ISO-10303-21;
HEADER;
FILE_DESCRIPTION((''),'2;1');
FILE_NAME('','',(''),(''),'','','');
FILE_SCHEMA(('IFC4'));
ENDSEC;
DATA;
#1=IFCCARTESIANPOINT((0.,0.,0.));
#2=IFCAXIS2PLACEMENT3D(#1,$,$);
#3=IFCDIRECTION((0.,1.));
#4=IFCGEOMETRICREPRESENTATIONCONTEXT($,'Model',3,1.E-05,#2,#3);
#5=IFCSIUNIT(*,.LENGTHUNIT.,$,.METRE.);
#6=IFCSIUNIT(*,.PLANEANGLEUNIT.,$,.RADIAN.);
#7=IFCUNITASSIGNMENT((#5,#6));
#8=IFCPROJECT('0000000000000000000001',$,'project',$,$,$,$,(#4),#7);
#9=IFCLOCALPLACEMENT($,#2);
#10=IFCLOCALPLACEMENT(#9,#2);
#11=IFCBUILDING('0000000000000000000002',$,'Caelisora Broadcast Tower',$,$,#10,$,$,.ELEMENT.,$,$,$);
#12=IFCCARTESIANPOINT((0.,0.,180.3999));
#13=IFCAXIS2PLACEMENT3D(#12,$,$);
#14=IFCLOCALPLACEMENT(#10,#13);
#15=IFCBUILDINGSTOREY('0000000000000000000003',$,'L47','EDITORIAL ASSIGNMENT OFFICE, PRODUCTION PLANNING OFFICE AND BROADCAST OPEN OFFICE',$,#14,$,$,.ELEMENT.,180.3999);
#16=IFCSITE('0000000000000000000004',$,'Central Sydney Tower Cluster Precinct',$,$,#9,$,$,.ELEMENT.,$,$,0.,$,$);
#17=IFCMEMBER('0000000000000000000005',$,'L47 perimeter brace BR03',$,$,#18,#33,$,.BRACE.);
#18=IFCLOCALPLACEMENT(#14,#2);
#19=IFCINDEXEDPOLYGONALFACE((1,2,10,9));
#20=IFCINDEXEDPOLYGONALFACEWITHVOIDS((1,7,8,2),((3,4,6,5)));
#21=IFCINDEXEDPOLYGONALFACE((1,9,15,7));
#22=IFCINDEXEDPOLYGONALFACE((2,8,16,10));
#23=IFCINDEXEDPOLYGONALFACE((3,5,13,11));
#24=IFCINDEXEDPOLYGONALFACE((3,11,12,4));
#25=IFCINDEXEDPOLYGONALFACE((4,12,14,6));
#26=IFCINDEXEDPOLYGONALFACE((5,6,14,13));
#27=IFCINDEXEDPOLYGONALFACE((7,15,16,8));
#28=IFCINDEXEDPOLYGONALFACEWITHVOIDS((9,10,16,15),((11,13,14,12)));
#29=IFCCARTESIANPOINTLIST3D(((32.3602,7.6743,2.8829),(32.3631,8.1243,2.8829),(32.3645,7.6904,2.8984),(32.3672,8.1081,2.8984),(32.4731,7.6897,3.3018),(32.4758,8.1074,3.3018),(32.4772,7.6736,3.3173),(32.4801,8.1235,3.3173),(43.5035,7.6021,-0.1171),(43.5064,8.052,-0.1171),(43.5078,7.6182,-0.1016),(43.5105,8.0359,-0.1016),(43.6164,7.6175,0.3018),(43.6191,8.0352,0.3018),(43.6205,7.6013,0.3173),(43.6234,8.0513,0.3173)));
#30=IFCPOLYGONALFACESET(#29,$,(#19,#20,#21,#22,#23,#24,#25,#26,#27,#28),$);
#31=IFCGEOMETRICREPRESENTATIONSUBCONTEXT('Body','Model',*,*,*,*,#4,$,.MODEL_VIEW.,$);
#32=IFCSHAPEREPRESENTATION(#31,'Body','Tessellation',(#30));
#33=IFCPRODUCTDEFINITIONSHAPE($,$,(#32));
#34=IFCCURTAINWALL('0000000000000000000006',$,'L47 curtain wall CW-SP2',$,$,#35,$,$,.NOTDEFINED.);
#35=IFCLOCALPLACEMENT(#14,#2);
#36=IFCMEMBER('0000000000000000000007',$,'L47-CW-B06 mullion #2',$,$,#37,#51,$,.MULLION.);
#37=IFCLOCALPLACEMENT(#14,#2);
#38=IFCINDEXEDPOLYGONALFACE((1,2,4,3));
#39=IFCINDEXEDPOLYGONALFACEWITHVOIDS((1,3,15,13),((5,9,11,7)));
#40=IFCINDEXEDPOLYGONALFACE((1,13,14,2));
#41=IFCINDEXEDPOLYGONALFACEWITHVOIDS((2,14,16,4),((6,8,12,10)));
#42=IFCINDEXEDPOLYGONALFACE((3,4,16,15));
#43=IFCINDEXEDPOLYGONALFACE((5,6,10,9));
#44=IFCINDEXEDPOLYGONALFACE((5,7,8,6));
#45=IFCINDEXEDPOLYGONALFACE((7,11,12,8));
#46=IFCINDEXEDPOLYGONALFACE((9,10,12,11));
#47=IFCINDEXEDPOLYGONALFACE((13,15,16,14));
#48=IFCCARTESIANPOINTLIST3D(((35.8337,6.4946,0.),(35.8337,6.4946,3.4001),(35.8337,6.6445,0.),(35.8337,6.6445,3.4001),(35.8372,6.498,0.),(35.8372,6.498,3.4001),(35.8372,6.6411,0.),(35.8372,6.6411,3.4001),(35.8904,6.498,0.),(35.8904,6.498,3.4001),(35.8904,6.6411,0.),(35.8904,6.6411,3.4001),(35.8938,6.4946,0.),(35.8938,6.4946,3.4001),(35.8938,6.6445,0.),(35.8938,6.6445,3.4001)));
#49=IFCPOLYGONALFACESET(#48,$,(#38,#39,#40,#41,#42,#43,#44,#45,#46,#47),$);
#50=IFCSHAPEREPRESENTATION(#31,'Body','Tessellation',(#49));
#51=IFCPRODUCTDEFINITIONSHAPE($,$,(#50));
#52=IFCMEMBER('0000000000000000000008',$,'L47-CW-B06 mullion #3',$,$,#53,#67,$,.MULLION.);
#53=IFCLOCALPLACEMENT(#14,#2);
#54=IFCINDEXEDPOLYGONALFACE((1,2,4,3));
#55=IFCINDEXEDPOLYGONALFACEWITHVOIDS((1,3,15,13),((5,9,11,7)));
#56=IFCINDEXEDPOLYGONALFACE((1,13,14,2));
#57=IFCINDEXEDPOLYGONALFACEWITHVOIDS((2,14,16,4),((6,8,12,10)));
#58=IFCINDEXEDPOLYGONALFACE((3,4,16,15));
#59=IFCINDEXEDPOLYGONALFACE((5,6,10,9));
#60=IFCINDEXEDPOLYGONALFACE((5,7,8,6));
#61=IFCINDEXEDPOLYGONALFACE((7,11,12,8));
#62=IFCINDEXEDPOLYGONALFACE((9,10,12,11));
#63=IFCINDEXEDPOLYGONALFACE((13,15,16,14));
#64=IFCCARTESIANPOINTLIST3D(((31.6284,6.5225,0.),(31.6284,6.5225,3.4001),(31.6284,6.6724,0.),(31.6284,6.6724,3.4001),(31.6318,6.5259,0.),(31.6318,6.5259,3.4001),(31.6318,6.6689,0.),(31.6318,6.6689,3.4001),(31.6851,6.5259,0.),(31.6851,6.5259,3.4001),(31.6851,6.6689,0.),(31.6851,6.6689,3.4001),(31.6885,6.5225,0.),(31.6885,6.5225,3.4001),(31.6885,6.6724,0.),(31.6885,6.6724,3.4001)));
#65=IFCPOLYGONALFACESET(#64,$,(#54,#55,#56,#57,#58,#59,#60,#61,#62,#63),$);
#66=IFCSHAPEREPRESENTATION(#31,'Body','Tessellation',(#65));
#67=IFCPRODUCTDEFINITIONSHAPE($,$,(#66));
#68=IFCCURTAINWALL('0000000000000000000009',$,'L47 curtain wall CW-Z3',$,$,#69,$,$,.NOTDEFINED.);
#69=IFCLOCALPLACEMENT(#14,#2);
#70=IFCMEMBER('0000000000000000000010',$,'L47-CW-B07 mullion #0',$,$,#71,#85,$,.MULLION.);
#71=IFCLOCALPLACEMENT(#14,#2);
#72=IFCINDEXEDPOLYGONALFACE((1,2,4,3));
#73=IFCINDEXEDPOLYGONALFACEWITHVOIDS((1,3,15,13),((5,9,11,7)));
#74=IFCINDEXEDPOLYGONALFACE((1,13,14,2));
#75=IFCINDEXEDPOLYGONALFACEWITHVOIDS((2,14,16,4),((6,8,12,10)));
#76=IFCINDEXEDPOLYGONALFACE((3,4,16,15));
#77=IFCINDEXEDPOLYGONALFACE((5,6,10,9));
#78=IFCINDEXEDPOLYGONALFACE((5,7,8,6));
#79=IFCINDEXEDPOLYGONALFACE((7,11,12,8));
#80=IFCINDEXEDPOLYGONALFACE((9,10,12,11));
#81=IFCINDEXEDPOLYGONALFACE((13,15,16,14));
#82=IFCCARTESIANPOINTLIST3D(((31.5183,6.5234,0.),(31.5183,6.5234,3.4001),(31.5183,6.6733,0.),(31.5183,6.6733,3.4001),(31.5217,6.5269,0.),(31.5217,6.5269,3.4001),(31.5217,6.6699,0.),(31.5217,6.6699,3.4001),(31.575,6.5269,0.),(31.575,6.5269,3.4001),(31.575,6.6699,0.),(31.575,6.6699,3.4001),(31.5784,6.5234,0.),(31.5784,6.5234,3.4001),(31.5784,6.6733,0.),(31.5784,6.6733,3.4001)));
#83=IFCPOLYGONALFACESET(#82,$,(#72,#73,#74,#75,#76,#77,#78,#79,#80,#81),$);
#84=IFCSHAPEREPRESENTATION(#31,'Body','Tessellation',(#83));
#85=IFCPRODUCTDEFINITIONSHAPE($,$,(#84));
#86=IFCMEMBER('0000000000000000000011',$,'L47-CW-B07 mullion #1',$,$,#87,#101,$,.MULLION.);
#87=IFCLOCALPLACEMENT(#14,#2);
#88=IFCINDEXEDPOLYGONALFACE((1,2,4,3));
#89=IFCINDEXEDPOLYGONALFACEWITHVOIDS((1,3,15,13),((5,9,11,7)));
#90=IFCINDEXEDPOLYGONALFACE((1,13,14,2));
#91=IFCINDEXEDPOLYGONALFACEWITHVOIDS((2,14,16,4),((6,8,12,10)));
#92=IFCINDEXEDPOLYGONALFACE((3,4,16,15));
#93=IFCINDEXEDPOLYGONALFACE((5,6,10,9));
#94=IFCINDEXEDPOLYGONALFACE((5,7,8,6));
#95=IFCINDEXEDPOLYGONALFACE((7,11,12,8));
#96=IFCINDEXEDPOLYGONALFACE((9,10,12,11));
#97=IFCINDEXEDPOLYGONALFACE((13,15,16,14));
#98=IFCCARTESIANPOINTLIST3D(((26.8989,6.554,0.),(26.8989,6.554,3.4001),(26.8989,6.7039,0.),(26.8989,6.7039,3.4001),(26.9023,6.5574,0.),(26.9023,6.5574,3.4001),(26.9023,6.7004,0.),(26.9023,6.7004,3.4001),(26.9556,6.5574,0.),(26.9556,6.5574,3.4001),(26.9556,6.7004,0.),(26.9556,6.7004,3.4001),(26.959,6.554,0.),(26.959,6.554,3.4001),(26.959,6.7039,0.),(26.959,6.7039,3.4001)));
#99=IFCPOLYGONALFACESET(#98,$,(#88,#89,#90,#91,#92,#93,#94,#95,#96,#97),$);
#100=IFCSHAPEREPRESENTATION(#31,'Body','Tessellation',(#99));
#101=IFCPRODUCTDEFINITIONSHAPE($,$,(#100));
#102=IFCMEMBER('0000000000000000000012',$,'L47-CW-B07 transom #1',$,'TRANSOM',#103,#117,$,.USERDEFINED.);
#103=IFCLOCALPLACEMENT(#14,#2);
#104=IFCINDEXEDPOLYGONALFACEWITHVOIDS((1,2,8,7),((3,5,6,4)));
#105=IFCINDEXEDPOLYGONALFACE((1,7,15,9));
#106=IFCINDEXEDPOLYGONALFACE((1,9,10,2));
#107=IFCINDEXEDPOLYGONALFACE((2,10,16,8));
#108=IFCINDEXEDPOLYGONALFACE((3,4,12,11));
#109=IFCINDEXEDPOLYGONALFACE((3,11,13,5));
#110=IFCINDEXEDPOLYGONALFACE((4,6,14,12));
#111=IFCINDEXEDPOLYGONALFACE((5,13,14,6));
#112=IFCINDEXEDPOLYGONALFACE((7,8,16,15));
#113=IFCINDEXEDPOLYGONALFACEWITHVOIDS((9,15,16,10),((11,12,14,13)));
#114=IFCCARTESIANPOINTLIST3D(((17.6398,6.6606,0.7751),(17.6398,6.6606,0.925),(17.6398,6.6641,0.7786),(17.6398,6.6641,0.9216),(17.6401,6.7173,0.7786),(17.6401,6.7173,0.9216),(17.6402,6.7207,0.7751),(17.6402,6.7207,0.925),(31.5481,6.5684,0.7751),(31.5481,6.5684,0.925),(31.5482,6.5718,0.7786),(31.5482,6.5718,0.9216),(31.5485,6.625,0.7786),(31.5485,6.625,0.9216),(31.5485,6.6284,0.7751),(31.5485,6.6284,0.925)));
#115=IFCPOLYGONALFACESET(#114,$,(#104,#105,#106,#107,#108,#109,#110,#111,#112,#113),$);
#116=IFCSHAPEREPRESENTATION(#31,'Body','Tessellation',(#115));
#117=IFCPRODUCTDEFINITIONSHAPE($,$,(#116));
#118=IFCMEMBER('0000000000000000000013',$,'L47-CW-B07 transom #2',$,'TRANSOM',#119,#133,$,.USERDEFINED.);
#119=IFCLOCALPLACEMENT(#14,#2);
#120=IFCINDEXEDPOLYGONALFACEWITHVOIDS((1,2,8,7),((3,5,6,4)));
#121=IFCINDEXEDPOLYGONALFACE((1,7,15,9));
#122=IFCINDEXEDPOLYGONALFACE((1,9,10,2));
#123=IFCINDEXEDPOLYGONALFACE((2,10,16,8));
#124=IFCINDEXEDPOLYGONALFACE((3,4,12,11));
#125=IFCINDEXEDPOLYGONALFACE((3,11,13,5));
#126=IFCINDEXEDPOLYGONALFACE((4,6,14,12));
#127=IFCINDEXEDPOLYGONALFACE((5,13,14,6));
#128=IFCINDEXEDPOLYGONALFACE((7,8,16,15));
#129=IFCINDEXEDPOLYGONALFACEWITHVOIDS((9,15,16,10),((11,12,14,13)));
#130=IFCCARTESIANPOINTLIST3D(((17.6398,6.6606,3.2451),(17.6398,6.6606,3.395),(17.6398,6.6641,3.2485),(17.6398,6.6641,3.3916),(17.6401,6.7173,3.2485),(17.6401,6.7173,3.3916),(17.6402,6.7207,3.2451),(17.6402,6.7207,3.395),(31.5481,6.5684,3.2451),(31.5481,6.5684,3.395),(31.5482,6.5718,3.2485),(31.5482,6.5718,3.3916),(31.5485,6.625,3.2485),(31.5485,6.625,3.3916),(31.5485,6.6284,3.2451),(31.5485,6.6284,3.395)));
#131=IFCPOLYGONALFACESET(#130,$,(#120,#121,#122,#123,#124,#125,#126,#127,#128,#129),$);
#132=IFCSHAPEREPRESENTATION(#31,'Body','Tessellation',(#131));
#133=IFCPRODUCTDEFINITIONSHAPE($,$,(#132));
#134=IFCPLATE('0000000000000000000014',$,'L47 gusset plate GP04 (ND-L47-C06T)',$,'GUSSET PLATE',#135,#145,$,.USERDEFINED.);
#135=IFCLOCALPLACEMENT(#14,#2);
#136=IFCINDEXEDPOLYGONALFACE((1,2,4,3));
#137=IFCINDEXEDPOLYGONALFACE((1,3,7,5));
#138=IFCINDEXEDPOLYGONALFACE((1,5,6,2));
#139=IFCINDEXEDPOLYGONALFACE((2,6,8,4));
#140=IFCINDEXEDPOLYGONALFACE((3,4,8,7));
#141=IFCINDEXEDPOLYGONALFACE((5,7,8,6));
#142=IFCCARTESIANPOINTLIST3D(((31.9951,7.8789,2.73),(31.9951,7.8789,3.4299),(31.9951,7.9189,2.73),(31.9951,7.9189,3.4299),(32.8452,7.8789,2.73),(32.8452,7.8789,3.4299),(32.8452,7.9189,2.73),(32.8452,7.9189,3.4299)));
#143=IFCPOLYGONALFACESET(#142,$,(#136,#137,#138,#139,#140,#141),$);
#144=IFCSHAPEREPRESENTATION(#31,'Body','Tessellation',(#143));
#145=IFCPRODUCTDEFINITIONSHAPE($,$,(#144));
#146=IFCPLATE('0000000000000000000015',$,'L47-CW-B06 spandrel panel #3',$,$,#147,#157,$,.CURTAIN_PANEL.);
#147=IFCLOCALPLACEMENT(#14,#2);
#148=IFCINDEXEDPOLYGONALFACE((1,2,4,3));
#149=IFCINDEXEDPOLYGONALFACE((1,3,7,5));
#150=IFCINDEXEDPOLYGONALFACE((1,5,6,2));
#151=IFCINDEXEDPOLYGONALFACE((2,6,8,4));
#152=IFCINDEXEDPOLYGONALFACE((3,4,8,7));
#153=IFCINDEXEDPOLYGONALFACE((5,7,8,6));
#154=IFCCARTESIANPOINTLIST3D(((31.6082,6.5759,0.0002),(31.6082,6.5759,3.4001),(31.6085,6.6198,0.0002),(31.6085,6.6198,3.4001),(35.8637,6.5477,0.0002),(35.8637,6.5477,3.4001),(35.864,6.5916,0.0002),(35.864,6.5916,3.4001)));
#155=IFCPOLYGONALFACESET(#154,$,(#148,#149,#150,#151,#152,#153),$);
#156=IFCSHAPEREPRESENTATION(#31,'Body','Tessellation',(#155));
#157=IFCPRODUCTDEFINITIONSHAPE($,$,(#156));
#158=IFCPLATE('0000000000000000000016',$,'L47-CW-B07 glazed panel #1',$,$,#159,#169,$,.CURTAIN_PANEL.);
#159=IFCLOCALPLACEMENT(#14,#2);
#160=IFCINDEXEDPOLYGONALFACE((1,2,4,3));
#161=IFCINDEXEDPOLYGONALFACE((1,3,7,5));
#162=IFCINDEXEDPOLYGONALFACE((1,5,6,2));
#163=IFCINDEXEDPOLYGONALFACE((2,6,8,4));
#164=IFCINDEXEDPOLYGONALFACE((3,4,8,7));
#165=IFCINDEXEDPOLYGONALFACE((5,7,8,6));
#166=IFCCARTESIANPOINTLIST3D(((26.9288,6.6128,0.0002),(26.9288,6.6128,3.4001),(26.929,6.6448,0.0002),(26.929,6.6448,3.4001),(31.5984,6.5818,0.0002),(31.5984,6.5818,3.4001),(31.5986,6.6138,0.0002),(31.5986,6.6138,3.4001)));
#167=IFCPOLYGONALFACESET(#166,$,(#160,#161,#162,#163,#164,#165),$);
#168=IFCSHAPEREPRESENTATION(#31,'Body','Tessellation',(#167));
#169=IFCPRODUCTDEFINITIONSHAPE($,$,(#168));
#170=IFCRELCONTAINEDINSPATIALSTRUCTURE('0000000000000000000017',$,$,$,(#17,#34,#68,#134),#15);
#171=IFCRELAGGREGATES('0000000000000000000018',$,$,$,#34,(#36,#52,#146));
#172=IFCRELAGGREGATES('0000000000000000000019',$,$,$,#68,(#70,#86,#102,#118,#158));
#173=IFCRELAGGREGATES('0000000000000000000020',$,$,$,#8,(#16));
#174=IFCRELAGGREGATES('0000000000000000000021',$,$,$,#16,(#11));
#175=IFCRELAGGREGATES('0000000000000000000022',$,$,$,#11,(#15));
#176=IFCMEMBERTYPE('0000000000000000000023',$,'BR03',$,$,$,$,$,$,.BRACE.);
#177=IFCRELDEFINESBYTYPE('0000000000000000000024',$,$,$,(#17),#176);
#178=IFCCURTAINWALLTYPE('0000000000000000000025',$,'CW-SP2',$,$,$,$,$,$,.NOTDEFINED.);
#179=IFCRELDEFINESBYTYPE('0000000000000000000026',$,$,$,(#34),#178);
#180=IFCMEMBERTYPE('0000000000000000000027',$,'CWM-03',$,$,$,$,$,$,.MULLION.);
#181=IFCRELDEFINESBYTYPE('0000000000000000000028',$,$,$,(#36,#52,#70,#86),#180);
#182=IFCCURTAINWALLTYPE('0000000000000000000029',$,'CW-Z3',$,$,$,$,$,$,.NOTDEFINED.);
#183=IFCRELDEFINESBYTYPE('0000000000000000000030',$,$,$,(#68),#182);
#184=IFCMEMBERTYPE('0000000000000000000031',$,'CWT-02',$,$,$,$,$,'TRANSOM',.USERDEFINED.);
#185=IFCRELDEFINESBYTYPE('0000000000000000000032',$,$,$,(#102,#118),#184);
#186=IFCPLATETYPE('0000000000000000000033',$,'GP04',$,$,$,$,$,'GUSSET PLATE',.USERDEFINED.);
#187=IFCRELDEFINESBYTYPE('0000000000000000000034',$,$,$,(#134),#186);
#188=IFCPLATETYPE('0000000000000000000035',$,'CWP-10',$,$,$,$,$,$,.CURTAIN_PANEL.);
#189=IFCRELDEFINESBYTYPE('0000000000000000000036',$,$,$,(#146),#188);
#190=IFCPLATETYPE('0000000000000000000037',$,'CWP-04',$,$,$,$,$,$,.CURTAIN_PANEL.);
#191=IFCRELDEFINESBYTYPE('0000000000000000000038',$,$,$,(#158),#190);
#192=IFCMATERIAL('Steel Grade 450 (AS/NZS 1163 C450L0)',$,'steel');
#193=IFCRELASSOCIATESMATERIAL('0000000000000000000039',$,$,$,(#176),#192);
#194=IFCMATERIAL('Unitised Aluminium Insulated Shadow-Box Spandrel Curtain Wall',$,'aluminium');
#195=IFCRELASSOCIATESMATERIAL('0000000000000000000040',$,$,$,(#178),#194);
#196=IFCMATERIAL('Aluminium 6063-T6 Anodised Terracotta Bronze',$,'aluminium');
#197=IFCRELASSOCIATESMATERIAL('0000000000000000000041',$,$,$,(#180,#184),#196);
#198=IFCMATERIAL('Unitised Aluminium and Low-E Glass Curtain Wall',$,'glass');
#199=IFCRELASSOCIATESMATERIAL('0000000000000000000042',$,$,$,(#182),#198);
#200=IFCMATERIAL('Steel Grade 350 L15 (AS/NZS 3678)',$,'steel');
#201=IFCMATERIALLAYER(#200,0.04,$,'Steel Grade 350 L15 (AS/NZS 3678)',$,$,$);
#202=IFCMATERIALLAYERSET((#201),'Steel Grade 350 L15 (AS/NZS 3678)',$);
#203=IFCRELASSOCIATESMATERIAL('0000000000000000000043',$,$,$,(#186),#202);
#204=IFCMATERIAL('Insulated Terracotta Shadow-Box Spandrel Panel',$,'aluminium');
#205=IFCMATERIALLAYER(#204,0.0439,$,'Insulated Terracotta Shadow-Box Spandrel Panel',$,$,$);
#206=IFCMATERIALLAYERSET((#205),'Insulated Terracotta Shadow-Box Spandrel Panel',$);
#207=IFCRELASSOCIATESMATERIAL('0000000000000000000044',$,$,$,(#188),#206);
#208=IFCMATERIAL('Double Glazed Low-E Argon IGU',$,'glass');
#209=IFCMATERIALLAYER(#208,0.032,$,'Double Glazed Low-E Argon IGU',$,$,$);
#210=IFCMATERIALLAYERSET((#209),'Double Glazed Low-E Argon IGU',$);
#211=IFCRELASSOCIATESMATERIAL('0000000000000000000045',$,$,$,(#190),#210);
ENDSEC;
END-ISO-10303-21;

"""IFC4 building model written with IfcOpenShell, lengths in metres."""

from ifc_helpers import new_model, si_unit, direction, frame, origin, origin_2d, place, context, subcontext, project, spatial, rectangle, hollow_rectangle, extrude, source, transform, mapped, material, layer, layer_set, material_profile, profile_set, type_object, type_shapes, element, aggregate, save


model = new_model("IFC4")

# Units and contexts
model_context = context("Model", 3, precision=1e-05, world=origin(), true_north=direction((0.0, 1.0)))
body_context = subcontext(model_context, "Body", "Model", "MODEL_VIEW")
ifc_project = project(units=[si_unit("LENGTHUNIT", "METRE"), si_unit("PLANEANGLEUNIT", "RADIAN")], contexts=[model_context])

# Site, building, storey
site_placement = place(None, origin())
site = spatial("IfcSite", under=ifc_project, at=site_placement, Name="Central Sydney Tower Cluster Precinct", CompositionType="ELEMENT", RefElevation=0.0)
building_placement = place(site_placement, origin())
building = spatial("IfcBuilding", under=site, at=building_placement, Name="Caelisora Broadcast Tower", CompositionType="ELEMENT")
storey_placement = place(building_placement, frame((0.0, 0.0, 180.3999)))
storey = spatial("IfcBuildingStorey", under=building, at=storey_placement, Name="L47", Description="EDITORIAL ASSIGNMENT OFFICE, PRODUCTION PLANNING OFFICE AND BROADCAST OPEN OFFICE", CompositionType="ELEMENT", Elevation=180.3999)

# Shared definitions
ifc_material_1 = material(Name="Steel Grade 350 L15 (AS/NZS 3678)", Category="steel")

# Member
ifc_material_2 = material(Name="Steel Grade 450 (AS/NZS 1163 C450L0)", Category="steel")
ifc_material_profile_1 = material_profile(ifc_material_2, hollow_rectangle(XDim=0.45, YDim=0.45, WallThickness=0.0161, at=origin_2d()), Name="Steel Grade 450 (AS/NZS 1163 C450L0)")
ifc_profile_set_1 = profile_set([ifc_material_profile_1], Name="Steel Grade 450 (AS/NZS 1163 C450L0)")
member_type_1 = type_object("IfcMemberType", Name="BR03", PredefinedType="BRACE", material=ifc_profile_set_1)
shared_shape_1 = source(origin(), body_context, "Body", "SweptSolid", [
    extrude(hollow_rectangle(XDim=0.45, YDim=0.45, WallThickness=0.0161, at=origin_2d()), origin(), (0.0, 0.0, 1.0), 11.5403),
])
type_shapes(member_type_1, [shared_shape_1])
member_1_placement = place(storey_placement, frame((32.4202, 7.8989, 3.1001), z_axis=(0.965599, -0.006262, -0.259959), x_axis=(0.006485, 0.999979, 0.0)))
element("IfcMember", 1, at=member_1_placement, inside=storey, type_object=member_type_1, Name="L47 perimeter brace BR03", PredefinedType="BRACE", context=body_context, shape_type="MappedRepresentation", body=[
    mapped(shared_shape_1, transform((0.0, 0.0, 0.0), scale=1.0)),
])

# Curtain walls, members
ifc_material_3 = material(Name="Unitised Aluminium Insulated Shadow-Box Spandrel Curtain Wall", Category="aluminium")
curtain_wall_type_1 = type_object("IfcCurtainWallType", Name="CW-SP2", PredefinedType="NOTDEFINED", material=ifc_material_3)
curtain_wall_1_placement = place(storey_placement, origin())
curtain_wall_1 = element("IfcCurtainWall", 2, at=curtain_wall_1_placement, inside=storey, type_object=curtain_wall_type_1, Name="L47 curtain wall CW-SP2", PredefinedType="NOTDEFINED")
ifc_material_4 = material(Name="Aluminium 6063-T6 Anodised Terracotta Bronze", Category="aluminium")
ifc_material_profile_2 = material_profile(ifc_material_4, hollow_rectangle(XDim=0.0601, YDim=0.1499, WallThickness=0.0034, at=origin_2d()), Name="Aluminium 6063-T6 Anodised Terracotta Bronze")
ifc_profile_set_2 = profile_set([ifc_material_profile_2], Name="Aluminium 6063-T6 Anodised Terracotta Bronze")
member_type_2 = type_object("IfcMemberType", Name="CWM-03", PredefinedType="MULLION", material=ifc_profile_set_2)
shared_shape_2 = source(origin(), body_context, "Body", "SweptSolid", [
    extrude(hollow_rectangle(XDim=0.0601, YDim=0.1499, WallThickness=0.0034, at=origin_2d()), origin(), (0.0, 0.0, 1.0), 3.4001),
])
type_shapes(member_type_2, [shared_shape_2])
member_2_placement = place(storey_placement, frame((35.8638, 6.5696, 0.0), z_axis=(0.0, 0.0, 1.0), x_axis=(1.0, 0.0, 0.0)))
member_2 = element("IfcMember", 3, at=member_2_placement, type_object=member_type_2, Name="L47-CW-B06 mullion #2", PredefinedType="MULLION", context=body_context, shape_type="MappedRepresentation", body=[
    mapped(shared_shape_2, transform((0.0, 0.0, 0.0), scale=1.0)),
])
member_3_placement = place(storey_placement, frame((31.6584, 6.5974, 0.0), z_axis=(0.0, 0.0, 1.0), x_axis=(1.0, 0.0, 0.0)))
member_3 = element("IfcMember", 4, at=member_3_placement, type_object=member_type_2, Name="L47-CW-B06 mullion #3", PredefinedType="MULLION", context=body_context, shape_type="MappedRepresentation", body=[
    mapped(shared_shape_2, transform((0.0, 0.0, 0.0), scale=1.0)),
])
ifc_material_5 = material(Name="Unitised Aluminium and Low-E Glass Curtain Wall", Category="glass")
curtain_wall_type_2 = type_object("IfcCurtainWallType", Name="CW-Z3", PredefinedType="NOTDEFINED", material=ifc_material_5)
curtain_wall_2_placement = place(storey_placement, origin())
curtain_wall_2 = element("IfcCurtainWall", 5, at=curtain_wall_2_placement, inside=storey, type_object=curtain_wall_type_2, Name="L47 curtain wall CW-Z3", PredefinedType="NOTDEFINED")
member_4_placement = place(storey_placement, frame((31.5483, 6.5984, 0.0), z_axis=(0.0, 0.0, 1.0), x_axis=(1.0, 0.0, 0.0)))
member_4 = element("IfcMember", 6, at=member_4_placement, type_object=member_type_2, Name="L47-CW-B07 mullion #0", PredefinedType="MULLION", context=body_context, shape_type="MappedRepresentation", body=[
    mapped(shared_shape_2, transform((0.0, 0.0, 0.0), scale=1.0)),
])
member_5_placement = place(storey_placement, frame((26.929, 6.6289, 0.0), z_axis=(0.0, 0.0, 1.0), x_axis=(1.0, 0.0, 0.0)))
member_5 = element("IfcMember", 7, at=member_5_placement, type_object=member_type_2, Name="L47-CW-B07 mullion #1", PredefinedType="MULLION", context=body_context, shape_type="MappedRepresentation", body=[
    mapped(shared_shape_2, transform((0.0, 0.0, 0.0), scale=1.0)),
])
ifc_material_profile_3 = material_profile(ifc_material_4, hollow_rectangle(XDim=0.0601, YDim=0.1499, WallThickness=0.0034, at=origin_2d()), Name="Aluminium 6063-T6 Anodised Terracotta Bronze")
ifc_profile_set_3 = profile_set([ifc_material_profile_3], Name="Aluminium 6063-T6 Anodised Terracotta Bronze")
member_type_3 = type_object("IfcMemberType", Name="CWT-02", ElementType="TRANSOM", PredefinedType="USERDEFINED", material=ifc_profile_set_3)
shared_shape_3 = source(origin(), body_context, "Body", "SweptSolid", [
    extrude(hollow_rectangle(XDim=0.0601, YDim=0.1499, WallThickness=0.0034, at=origin_2d()), origin(), (0.0, 0.0, 1.0), 13.9087),
])
type_shapes(member_type_3, [shared_shape_3])
member_6_placement = place(storey_placement, frame((31.5483, 6.5984, 0.8501), z_axis=(-0.999978, 0.006635, 0.0), x_axis=(-0.006635, -0.999978, 0.0)))
member_6 = element("IfcMember", 8, at=member_6_placement, type_object=member_type_3, Name="L47-CW-B07 transom #1", ObjectType="TRANSOM", PredefinedType="USERDEFINED", context=body_context, shape_type="MappedRepresentation", body=[
    mapped(shared_shape_3, transform((0.0, 0.0, 0.0), scale=1.0)),
])
member_7_placement = place(storey_placement, frame((31.5483, 6.5984, 3.3201), z_axis=(-0.999978, 0.006635, 0.0), x_axis=(-0.006635, -0.999978, 0.0)))
member_7 = element("IfcMember", 9, at=member_7_placement, type_object=member_type_3, Name="L47-CW-B07 transom #2", ObjectType="TRANSOM", PredefinedType="USERDEFINED", context=body_context, shape_type="MappedRepresentation", body=[
    mapped(shared_shape_3, transform((0.0, 0.0, 0.0), scale=1.0)),
])

# Plates
ifc_layer_1 = layer(ifc_material_1, 0.04, Name="Steel Grade 350 L15 (AS/NZS 3678)")
ifc_layer_set_1 = layer_set([ifc_layer_1], Name="Steel Grade 350 L15 (AS/NZS 3678)")
plate_type_1 = type_object("IfcPlateType", Name="GP04", ElementType="GUSSET PLATE", PredefinedType="USERDEFINED", material=ifc_layer_set_1)
shared_shape_4 = source(origin(), body_context, "Body", "SweptSolid", [
    extrude(rectangle(XDim=0.8501, YDim=0.04, at=origin_2d()), origin(), (0.0, 0.0, 1.0), 0.7),
])
type_shapes(plate_type_1, [shared_shape_4])
plate_1_placement = place(storey_placement, frame((32.4202, 7.8989, 2.73), z_axis=(0.0, 0.0, 1.0), x_axis=(1.0, 0.0, 0.0)))
element("IfcPlate", 10, at=plate_1_placement, inside=storey, type_object=plate_type_1, Name="L47 gusset plate GP04 (ND-L47-C06T)", ObjectType="GUSSET PLATE", PredefinedType="USERDEFINED", context=body_context, shape_type="MappedRepresentation", body=[
    mapped(shared_shape_4, transform((0.0, 0.0, 0.0), scale=1.0)),
])
ifc_material_6 = material(Name="Insulated Terracotta Shadow-Box Spandrel Panel", Category="aluminium")
ifc_layer_2 = layer(ifc_material_6, 0.0439, Name="Insulated Terracotta Shadow-Box Spandrel Panel")
ifc_layer_set_2 = layer_set([ifc_layer_2], Name="Insulated Terracotta Shadow-Box Spandrel Panel")
plate_type_2 = type_object("IfcPlateType", Name="CWP-10", PredefinedType="CURTAIN_PANEL", material=ifc_layer_set_2)
shared_shape_5 = source(origin(), body_context, "Body", "SweptSolid", [
    extrude(rectangle(XDim=4.2556, YDim=0.0439, at=origin_2d()), origin(), (0.0, 0.0, 1.0), 3.3999),
])
type_shapes(plate_type_2, [shared_shape_5])
plate_2_placement = place(storey_placement, frame((33.7361, 6.5837, 0.0002), z_axis=(0.0, 0.0, 1.0), x_axis=(-0.999978, 0.006632, 0.0)))
plate_2 = element("IfcPlate", 11, at=plate_2_placement, type_object=plate_type_2, Name="L47-CW-B06 spandrel panel #3", PredefinedType="CURTAIN_PANEL", context=body_context, shape_type="MappedRepresentation", body=[
    mapped(shared_shape_5, transform((0.0, 0.0, 0.0), scale=1.0)),
])
aggregate(curtain_wall_1, [member_2, member_3, plate_2])
ifc_material_7 = material(Name="Double Glazed Low-E Argon IGU", Category="glass")
ifc_layer_3 = layer(ifc_material_7, 0.032, Name="Double Glazed Low-E Argon IGU")
ifc_layer_set_3 = layer_set([ifc_layer_3], Name="Double Glazed Low-E Argon IGU")
plate_type_3 = type_object("IfcPlateType", Name="CWP-04", PredefinedType="CURTAIN_PANEL", material=ifc_layer_set_3)
shared_shape_6 = source(origin(), body_context, "Body", "SweptSolid", [
    extrude(rectangle(XDim=4.6697, YDim=0.032, at=origin_2d()), origin(), (0.0, 0.0, 1.0), 3.3999),
])
type_shapes(plate_type_3, [shared_shape_6])
plate_3_placement = place(storey_placement, frame((29.2637, 6.6133, 0.0002), z_axis=(0.0, 0.0, 1.0), x_axis=(-0.999978, 0.006632, 0.0)))
plate_3 = element("IfcPlate", 12, at=plate_3_placement, type_object=plate_type_3, Name="L47-CW-B07 glazed panel #1", PredefinedType="CURTAIN_PANEL", context=body_context, shape_type="MappedRepresentation", body=[
    mapped(shared_shape_6, transform((0.0, 0.0, 0.0), scale=1.0)),
])
aggregate(curtain_wall_2, [member_4, member_5, member_6, member_7, plate_3])

save(model, "model.ifc")
